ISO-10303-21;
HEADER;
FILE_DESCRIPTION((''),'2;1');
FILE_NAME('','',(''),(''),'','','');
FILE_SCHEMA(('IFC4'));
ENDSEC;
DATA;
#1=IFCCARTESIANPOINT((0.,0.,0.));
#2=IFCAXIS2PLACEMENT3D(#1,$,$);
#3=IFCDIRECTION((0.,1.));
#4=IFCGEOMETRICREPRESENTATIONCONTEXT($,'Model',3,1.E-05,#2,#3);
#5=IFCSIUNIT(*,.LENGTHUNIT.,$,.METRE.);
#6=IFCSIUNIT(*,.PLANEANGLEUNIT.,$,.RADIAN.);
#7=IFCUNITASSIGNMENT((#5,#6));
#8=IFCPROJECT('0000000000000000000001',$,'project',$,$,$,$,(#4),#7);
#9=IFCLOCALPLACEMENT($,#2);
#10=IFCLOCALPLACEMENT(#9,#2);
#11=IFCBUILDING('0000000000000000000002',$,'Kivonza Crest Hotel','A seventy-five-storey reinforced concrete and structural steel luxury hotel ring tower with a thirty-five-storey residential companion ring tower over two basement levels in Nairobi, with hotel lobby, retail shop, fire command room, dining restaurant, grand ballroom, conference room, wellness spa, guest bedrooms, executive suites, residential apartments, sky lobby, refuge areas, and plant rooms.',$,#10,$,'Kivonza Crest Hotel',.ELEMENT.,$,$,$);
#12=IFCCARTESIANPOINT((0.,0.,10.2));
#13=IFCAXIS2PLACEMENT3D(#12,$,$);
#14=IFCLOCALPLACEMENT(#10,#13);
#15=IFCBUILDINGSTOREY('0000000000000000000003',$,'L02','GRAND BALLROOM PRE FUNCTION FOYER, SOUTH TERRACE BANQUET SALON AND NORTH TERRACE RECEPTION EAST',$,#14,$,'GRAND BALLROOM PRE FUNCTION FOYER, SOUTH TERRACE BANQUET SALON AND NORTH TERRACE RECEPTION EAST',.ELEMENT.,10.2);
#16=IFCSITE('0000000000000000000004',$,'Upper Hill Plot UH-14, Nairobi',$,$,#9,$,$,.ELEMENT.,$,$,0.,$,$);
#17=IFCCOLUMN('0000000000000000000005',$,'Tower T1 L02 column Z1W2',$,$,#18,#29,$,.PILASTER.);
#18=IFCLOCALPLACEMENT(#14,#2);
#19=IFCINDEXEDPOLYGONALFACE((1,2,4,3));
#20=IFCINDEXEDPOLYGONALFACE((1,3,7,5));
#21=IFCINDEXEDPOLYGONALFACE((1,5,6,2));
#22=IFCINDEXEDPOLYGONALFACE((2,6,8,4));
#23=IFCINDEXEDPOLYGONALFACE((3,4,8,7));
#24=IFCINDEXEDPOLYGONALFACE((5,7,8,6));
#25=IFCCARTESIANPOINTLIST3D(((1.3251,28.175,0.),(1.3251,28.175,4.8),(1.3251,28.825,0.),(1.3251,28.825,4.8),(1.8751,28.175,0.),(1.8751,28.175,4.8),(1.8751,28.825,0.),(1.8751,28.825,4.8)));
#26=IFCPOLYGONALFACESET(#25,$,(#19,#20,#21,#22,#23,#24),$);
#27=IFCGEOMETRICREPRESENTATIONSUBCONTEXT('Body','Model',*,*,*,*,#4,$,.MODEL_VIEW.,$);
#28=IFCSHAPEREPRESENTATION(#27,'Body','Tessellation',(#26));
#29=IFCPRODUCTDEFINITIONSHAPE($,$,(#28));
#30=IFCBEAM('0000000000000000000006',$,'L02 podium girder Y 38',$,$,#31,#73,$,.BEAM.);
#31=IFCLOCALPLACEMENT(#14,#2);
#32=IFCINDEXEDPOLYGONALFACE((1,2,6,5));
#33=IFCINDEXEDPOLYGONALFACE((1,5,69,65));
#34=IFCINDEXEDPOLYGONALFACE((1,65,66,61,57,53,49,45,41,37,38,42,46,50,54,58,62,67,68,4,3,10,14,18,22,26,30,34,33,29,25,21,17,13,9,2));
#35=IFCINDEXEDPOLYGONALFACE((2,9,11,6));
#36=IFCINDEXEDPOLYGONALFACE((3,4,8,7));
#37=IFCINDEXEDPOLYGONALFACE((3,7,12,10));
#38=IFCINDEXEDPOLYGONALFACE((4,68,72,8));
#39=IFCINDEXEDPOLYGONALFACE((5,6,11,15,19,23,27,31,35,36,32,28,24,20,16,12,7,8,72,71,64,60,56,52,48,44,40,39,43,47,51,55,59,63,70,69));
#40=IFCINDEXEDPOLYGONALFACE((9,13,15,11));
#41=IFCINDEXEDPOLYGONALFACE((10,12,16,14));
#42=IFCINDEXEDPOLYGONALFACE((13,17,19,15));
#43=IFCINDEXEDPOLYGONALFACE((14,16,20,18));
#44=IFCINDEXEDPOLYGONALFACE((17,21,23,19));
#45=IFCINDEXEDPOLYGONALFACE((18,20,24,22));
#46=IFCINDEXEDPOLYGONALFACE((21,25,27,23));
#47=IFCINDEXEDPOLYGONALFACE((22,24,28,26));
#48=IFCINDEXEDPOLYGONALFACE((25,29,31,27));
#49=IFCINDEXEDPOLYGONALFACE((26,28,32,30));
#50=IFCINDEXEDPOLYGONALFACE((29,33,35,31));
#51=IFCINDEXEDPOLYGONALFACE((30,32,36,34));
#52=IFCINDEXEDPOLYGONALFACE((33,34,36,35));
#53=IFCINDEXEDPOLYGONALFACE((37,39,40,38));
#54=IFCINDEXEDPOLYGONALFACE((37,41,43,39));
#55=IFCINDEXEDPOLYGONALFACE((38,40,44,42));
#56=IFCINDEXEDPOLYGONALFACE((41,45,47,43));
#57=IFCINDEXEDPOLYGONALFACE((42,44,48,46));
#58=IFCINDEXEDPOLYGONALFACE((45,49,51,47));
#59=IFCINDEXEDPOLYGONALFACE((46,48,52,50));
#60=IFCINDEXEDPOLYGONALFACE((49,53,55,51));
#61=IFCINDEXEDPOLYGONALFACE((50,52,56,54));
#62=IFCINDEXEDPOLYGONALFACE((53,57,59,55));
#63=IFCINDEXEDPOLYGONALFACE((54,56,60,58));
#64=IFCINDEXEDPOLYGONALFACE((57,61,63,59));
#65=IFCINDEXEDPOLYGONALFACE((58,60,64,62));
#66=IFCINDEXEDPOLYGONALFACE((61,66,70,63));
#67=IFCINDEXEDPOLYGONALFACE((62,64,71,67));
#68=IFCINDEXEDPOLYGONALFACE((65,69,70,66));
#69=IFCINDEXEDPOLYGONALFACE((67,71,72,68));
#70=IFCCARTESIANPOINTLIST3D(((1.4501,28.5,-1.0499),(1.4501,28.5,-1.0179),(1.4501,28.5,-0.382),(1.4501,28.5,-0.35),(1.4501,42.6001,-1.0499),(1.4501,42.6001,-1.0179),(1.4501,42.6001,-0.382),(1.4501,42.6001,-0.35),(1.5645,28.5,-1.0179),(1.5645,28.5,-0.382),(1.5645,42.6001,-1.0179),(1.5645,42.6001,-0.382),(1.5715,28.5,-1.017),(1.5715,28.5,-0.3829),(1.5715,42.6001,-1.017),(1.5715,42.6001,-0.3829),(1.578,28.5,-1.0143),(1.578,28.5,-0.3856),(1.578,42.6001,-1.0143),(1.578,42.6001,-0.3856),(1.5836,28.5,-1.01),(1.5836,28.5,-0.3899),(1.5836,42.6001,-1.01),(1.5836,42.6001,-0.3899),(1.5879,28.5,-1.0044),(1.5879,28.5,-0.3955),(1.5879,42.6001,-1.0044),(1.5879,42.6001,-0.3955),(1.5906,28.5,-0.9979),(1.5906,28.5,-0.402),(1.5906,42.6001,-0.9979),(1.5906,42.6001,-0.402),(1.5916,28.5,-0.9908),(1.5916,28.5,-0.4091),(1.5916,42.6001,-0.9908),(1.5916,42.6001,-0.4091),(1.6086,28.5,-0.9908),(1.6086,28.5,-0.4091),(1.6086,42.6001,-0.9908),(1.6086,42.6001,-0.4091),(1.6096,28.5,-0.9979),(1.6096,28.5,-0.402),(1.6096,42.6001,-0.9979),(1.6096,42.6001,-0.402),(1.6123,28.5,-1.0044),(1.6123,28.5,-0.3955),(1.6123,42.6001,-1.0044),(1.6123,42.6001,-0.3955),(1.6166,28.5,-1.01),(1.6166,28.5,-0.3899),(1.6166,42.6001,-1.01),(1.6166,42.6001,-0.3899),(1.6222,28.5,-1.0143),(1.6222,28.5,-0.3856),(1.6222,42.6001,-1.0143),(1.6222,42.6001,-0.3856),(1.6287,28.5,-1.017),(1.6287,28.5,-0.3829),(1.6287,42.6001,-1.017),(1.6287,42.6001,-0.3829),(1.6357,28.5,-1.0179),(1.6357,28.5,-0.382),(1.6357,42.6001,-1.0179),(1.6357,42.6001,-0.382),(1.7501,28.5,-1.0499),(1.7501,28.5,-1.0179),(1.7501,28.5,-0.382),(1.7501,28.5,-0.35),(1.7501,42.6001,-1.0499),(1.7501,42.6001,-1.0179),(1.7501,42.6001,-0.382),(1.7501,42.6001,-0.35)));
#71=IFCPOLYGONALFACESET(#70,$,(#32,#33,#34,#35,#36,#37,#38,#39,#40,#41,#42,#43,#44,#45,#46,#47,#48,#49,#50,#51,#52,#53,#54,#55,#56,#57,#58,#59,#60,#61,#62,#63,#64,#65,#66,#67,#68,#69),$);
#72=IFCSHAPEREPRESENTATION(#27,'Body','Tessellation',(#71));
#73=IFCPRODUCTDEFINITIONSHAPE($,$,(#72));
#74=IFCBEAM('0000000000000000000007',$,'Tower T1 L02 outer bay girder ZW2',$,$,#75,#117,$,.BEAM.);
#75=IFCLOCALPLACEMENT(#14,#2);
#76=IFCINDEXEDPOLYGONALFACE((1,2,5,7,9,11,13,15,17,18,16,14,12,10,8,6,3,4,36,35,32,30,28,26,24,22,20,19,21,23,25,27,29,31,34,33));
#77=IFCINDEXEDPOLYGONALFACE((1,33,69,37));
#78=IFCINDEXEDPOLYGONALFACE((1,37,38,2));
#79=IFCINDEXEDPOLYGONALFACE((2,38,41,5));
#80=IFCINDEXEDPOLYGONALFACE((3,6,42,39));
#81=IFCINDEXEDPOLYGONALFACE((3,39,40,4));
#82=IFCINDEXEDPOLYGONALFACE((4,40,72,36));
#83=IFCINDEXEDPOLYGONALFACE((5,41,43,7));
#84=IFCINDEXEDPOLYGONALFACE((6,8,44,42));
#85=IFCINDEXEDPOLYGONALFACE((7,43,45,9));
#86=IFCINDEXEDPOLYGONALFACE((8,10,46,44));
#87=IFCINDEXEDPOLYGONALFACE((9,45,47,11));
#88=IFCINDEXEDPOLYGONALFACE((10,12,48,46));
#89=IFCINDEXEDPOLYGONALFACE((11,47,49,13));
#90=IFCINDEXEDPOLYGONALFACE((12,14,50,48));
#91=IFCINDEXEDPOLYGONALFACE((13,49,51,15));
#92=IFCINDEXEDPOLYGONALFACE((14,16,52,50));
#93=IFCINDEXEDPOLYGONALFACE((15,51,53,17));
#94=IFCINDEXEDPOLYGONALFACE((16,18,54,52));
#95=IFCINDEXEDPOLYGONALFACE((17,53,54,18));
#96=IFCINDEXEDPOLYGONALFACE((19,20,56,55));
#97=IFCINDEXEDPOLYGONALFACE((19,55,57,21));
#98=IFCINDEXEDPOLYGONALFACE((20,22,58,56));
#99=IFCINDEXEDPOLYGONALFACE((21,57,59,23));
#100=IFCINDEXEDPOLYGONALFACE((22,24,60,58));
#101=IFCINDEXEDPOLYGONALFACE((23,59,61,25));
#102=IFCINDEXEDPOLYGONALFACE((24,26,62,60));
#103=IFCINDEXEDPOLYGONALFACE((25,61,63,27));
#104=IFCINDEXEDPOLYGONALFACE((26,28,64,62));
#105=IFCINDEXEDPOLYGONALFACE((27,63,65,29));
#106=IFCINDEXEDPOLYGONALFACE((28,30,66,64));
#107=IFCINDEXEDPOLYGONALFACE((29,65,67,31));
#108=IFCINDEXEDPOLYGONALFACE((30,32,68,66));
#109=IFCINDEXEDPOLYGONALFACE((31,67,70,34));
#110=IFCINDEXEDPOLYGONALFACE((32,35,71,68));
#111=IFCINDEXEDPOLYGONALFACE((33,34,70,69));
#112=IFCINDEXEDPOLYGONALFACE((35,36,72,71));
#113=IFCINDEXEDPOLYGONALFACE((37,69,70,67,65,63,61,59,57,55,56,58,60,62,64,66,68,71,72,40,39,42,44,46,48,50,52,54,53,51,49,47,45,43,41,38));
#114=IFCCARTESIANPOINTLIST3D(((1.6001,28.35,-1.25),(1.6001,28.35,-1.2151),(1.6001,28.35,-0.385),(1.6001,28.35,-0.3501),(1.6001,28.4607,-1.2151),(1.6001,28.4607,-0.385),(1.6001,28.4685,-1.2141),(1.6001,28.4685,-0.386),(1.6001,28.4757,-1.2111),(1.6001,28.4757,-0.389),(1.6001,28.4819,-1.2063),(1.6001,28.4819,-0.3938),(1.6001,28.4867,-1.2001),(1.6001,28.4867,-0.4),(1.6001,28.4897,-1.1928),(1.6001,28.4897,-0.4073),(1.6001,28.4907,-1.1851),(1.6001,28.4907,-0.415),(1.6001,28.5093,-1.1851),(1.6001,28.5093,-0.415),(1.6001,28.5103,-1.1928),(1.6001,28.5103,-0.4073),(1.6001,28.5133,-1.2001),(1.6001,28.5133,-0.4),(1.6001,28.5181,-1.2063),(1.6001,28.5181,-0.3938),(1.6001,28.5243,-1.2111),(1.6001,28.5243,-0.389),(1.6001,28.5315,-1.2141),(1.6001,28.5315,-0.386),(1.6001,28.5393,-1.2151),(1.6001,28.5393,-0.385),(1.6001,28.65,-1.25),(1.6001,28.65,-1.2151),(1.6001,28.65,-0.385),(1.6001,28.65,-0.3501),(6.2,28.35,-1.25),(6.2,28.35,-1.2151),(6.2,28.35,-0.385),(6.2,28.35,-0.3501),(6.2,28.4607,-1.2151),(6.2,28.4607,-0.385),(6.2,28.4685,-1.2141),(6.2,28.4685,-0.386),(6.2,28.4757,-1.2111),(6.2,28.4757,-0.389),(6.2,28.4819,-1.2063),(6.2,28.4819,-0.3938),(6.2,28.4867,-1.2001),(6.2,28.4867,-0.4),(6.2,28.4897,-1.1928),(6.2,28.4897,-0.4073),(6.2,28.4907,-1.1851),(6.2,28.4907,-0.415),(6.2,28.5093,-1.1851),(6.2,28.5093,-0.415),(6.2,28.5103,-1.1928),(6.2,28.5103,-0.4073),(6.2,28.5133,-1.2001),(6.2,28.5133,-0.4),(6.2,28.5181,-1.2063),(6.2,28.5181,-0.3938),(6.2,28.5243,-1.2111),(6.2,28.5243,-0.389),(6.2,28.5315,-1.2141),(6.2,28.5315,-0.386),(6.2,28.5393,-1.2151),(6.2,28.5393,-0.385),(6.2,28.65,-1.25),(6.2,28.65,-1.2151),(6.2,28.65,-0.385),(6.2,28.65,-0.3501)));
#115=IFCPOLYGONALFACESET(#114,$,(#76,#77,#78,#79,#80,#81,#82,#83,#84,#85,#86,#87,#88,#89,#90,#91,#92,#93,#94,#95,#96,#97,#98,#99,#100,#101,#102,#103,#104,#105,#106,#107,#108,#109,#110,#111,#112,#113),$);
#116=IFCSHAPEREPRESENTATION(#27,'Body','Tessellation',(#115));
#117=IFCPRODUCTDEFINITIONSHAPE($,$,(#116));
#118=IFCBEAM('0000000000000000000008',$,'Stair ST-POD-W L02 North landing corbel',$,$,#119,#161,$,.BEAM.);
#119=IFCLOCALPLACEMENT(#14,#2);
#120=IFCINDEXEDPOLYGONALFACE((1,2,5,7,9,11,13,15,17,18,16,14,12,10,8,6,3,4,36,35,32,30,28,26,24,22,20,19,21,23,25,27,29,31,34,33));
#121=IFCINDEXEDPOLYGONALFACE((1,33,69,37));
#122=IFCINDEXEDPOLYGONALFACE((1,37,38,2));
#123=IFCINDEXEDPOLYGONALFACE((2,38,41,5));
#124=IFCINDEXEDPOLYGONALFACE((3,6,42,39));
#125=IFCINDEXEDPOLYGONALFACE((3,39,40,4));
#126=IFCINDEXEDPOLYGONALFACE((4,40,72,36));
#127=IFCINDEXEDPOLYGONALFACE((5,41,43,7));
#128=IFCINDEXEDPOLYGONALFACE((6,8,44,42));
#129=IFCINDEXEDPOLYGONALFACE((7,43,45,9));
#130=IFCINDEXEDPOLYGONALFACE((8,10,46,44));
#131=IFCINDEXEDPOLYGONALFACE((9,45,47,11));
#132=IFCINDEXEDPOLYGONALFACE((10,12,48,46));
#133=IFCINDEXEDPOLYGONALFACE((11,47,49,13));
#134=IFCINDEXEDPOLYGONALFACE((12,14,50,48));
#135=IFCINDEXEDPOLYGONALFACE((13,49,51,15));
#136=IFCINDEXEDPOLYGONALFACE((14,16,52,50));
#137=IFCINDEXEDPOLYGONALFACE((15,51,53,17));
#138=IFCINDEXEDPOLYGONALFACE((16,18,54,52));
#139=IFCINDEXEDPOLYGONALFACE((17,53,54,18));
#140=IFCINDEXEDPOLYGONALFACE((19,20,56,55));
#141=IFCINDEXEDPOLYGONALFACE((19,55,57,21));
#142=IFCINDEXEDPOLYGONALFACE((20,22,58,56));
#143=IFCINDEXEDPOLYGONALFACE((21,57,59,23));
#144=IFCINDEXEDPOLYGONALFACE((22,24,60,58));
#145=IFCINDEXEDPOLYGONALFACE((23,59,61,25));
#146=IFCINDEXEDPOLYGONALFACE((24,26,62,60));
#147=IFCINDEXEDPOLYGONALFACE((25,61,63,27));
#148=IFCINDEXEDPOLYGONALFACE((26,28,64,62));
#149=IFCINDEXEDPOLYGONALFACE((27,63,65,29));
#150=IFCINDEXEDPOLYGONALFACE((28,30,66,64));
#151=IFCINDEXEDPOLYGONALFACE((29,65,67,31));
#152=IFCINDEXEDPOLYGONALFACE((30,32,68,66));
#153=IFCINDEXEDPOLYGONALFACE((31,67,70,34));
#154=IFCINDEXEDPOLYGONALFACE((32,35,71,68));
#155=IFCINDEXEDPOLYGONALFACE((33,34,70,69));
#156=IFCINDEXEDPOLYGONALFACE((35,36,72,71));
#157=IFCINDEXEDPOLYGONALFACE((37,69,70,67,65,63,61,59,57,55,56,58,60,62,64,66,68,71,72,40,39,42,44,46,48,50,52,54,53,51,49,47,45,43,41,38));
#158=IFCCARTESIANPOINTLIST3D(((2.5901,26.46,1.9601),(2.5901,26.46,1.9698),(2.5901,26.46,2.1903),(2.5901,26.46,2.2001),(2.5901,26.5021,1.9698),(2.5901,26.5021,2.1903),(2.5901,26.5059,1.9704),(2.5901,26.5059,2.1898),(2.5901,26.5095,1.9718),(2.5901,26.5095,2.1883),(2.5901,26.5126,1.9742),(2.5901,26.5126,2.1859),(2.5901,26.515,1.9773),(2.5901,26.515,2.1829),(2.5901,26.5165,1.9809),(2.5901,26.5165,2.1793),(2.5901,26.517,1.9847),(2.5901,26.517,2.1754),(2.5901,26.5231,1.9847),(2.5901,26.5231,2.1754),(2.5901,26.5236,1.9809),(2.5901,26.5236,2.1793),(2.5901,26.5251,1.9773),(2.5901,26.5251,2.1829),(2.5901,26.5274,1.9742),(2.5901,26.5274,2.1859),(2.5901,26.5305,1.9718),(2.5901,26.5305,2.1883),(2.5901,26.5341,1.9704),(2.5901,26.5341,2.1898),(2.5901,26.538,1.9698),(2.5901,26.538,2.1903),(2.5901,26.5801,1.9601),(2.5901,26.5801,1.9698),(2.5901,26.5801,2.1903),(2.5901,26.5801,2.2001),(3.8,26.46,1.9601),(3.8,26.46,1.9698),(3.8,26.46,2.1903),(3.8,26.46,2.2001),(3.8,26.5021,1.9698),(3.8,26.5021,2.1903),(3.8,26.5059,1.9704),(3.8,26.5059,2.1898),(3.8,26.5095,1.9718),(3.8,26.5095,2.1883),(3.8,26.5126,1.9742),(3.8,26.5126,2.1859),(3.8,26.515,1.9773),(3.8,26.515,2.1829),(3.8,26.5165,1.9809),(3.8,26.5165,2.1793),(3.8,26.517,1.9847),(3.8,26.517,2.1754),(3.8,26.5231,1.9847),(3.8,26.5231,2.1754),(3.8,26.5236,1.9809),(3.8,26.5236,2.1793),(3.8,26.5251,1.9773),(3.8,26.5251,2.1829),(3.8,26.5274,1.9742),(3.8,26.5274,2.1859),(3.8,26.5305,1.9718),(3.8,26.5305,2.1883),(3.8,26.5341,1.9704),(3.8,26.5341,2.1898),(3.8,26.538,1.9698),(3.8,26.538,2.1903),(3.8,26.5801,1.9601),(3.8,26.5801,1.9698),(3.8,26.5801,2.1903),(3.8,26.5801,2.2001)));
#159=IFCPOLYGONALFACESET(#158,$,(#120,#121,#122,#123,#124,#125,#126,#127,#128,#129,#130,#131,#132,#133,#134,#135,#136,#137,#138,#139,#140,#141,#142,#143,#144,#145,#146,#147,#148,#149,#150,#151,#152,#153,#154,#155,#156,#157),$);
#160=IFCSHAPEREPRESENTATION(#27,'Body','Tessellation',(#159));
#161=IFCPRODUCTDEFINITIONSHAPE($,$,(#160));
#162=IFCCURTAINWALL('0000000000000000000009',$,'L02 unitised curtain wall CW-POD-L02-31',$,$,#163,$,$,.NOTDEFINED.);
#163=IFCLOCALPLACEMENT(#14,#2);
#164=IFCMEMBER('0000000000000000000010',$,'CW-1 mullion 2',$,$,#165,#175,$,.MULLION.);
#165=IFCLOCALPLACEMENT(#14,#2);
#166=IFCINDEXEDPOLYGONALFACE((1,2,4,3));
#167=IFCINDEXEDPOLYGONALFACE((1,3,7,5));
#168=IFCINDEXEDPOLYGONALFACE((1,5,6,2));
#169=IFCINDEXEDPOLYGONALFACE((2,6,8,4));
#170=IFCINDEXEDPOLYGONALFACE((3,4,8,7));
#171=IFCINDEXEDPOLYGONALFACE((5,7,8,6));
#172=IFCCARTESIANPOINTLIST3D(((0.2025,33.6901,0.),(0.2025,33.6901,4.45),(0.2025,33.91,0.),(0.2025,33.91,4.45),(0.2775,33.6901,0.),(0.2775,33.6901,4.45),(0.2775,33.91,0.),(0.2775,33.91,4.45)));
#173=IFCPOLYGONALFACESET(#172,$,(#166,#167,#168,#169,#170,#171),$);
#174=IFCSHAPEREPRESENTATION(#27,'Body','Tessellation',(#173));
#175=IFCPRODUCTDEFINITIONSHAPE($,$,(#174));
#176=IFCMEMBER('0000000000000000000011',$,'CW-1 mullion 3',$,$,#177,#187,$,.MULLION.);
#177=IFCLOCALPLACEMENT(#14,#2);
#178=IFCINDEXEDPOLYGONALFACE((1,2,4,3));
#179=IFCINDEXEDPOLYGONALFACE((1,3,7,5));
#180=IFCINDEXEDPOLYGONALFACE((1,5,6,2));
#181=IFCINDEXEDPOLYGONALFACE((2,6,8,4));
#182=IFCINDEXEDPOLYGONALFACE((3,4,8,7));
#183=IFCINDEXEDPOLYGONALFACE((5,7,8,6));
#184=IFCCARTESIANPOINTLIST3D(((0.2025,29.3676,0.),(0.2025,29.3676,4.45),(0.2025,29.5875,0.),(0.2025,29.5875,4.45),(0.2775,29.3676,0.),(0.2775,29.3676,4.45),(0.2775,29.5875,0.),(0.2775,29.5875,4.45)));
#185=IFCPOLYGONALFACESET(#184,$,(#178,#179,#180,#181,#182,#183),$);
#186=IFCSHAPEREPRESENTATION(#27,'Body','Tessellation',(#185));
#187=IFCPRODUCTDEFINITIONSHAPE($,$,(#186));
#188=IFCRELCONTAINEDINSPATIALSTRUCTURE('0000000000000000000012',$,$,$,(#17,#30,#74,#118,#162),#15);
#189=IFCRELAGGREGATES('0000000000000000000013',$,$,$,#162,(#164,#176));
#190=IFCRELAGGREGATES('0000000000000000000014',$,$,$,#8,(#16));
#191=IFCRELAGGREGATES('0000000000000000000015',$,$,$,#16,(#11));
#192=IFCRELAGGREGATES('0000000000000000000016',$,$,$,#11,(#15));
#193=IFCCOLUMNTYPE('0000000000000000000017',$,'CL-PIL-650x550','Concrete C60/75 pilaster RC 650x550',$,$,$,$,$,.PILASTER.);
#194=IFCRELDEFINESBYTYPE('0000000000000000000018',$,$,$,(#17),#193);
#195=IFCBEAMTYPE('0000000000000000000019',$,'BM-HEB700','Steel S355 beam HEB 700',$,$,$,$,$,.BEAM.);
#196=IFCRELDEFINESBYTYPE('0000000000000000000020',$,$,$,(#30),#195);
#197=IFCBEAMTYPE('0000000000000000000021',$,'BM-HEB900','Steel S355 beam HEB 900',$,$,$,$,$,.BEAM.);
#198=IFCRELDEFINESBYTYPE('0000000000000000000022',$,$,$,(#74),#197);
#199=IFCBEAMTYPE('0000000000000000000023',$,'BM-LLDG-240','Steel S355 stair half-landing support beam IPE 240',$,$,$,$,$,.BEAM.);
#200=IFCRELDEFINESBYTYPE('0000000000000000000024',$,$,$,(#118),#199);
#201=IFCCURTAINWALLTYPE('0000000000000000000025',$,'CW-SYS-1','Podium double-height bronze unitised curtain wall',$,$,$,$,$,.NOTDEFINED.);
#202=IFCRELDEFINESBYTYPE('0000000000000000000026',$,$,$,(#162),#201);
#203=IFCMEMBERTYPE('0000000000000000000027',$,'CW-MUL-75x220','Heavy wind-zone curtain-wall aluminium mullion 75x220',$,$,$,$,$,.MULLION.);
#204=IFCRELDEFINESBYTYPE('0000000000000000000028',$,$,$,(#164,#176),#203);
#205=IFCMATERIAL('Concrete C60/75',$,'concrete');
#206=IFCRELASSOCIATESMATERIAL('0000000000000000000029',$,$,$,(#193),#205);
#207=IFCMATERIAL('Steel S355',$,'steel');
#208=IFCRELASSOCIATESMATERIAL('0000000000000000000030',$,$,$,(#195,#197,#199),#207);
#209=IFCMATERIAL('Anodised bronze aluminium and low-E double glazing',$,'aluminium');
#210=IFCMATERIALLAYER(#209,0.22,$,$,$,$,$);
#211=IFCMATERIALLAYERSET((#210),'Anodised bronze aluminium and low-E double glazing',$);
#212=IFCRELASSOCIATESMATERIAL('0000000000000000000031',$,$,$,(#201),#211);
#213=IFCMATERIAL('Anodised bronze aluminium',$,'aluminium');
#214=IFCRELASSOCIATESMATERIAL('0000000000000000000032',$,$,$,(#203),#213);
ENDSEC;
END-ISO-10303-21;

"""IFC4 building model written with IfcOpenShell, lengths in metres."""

from ifc_helpers import new_model, si_unit, direction, frame, origin, origin_2d, place, context, subcontext, project, spatial, rectangle, i_section, extrude, material, layer, layer_set, material_profile, profile_set, type_object, element, aggregate, save


model = new_model("IFC4")

# Units and contexts
model_context = context("Model", 3, precision=1e-05, world=origin(), true_north=direction((0.0, 1.0)))
body_context = subcontext(model_context, "Body", "Model", "MODEL_VIEW")
ifc_project = project(units=[si_unit("LENGTHUNIT", "METRE"), si_unit("PLANEANGLEUNIT", "RADIAN")], contexts=[model_context])

# Site, building, storey
site_placement = place(None, origin())
site = spatial("IfcSite", under=ifc_project, at=site_placement, Name="Upper Hill Plot UH-14, Nairobi", CompositionType="ELEMENT", RefElevation=0.0)
building_placement = place(site_placement, origin())
building = spatial("IfcBuilding", under=site, at=building_placement, Name="Kivonza Crest Hotel", Description="A seventy-five-storey reinforced concrete and structural steel luxury hotel ring tower with a thirty-five-storey residential companion ring tower over two basement levels in Nairobi, with hotel lobby, retail shop, fire command room, dining restaurant, grand ballroom, conference room, wellness spa, guest bedrooms, executive suites, residential apartments, sky lobby, refuge areas, and plant rooms.", LongName="Kivonza Crest Hotel", CompositionType="ELEMENT")
storey_placement = place(building_placement, frame((0.0, 0.0, 10.2)))
storey = spatial("IfcBuildingStorey", under=building, at=storey_placement, Name="L02", Description="GRAND BALLROOM PRE FUNCTION FOYER, SOUTH TERRACE BANQUET SALON AND NORTH TERRACE RECEPTION EAST", LongName="GRAND BALLROOM PRE FUNCTION FOYER, SOUTH TERRACE BANQUET SALON AND NORTH TERRACE RECEPTION EAST", CompositionType="ELEMENT", Elevation=10.2)

# Column
ifc_material_1 = material(Name="Concrete C60/75", Category="concrete")
ifc_material_profile_1 = material_profile(ifc_material_1, rectangle(XDim=0.55, YDim=0.6499, at=origin_2d()), Name="RC 650x550")
ifc_profile_set_1 = profile_set([ifc_material_profile_1], Name="Concrete C60/75")
column_type = type_object("IfcColumnType", Name="CL-PIL-650x550", Description="Concrete C60/75 pilaster RC 650x550", PredefinedType="PILASTER", material=ifc_profile_set_1)
column_placement = place(storey_placement, frame((1.6001, 28.5, 0.0), z_axis=(0.0, 0.0, 1.0), x_axis=(1.0, 0.0, 0.0)))
element("IfcColumn", 1, at=column_placement, inside=storey, type_object=column_type, Name="Tower T1 L02 column Z1W2", PredefinedType="PILASTER", context=body_context, shape_type="SweptSolid", body=[
    extrude(rectangle(XDim=0.55, YDim=0.6499, at=origin_2d()), origin(), (0.0, 0.0, 1.0), 4.8),
])

# Beams
ifc_material_2 = material(Name="Steel S355", Category="steel")
ifc_material_profile_2 = material_profile(ifc_material_2, i_section(OverallWidth=0.3, OverallDepth=0.7, WebThickness=0.0171, FlangeThickness=0.032, FilletRadius=0.0271, at=origin_2d()), Name="HEB 700")
ifc_profile_set_2 = profile_set([ifc_material_profile_2], Name="Steel S355")
beam_type_1 = type_object("IfcBeamType", Name="BM-HEB700", Description="Steel S355 beam HEB 700", PredefinedType="BEAM", material=ifc_profile_set_2)
beam_1_placement = place(storey_placement, frame((1.6001, 28.5, -0.7), z_axis=(0.0, 1.0, 0.0), x_axis=(-1.0, 0.0, 0.0)))
element("IfcBeam", 2, at=beam_1_placement, inside=storey, type_object=beam_type_1, Name="L02 podium girder Y 38", PredefinedType="BEAM", context=body_context, shape_type="SweptSolid", body=[
    extrude(i_section(OverallWidth=0.3, OverallDepth=0.7, WebThickness=0.0171, FlangeThickness=0.032, FilletRadius=0.0271, at=origin_2d()), origin(), (0.0, 0.0, 1.0), 14.1001),
])
ifc_material_profile_3 = material_profile(ifc_material_2, i_section(OverallWidth=0.3, OverallDepth=0.8999, WebThickness=0.0186, FlangeThickness=0.0349, FilletRadius=0.03, at=origin_2d()), Name="HEB 900")
ifc_profile_set_3 = profile_set([ifc_material_profile_3], Name="Steel S355")
beam_type_2 = type_object("IfcBeamType", Name="BM-HEB900", Description="Steel S355 beam HEB 900", PredefinedType="BEAM", material=ifc_profile_set_3)
beam_2_placement = place(storey_placement, frame((1.6001, 28.5, -0.8), z_axis=(1.0, 0.0, 0.0), x_axis=(0.0, 1.0, 0.0)))
element("IfcBeam", 3, at=beam_2_placement, inside=storey, type_object=beam_type_2, Name="Tower T1 L02 outer bay girder ZW2", PredefinedType="BEAM", context=body_context, shape_type="SweptSolid", body=[
    extrude(i_section(OverallWidth=0.3, OverallDepth=0.8999, WebThickness=0.0186, FlangeThickness=0.0349, FilletRadius=0.03, at=origin_2d()), origin(), (0.0, 0.0, 1.0), 4.5999),
])
ifc_material_profile_4 = material_profile(ifc_material_2, i_section(OverallWidth=0.1201, OverallDepth=0.24, WebThickness=0.0061, FlangeThickness=0.0098, FilletRadius=0.0149, at=origin_2d()), Name="IPE 240")
ifc_profile_set_4 = profile_set([ifc_material_profile_4], Name="Steel S355")
beam_type_3 = type_object("IfcBeamType", Name="BM-LLDG-240", Description="Steel S355 stair half-landing support beam IPE 240", PredefinedType="BEAM", material=ifc_profile_set_4)
beam_3_placement = place(storey_placement, frame((2.5901, 26.52, 2.0801), z_axis=(1.0, 0.0, 0.0), x_axis=(0.0, 1.0, 0.0)))
element("IfcBeam", 4, at=beam_3_placement, inside=storey, type_object=beam_type_3, Name="Stair ST-POD-W L02 North landing corbel", PredefinedType="BEAM", context=body_context, shape_type="SweptSolid", body=[
    extrude(i_section(OverallWidth=0.1201, OverallDepth=0.24, WebThickness=0.0061, FlangeThickness=0.0098, FilletRadius=0.0149, at=origin_2d()), origin(), (0.0, 0.0, 1.0), 1.21),
])

# Curtain wall, members
ifc_material_3 = material(Name="Anodised bronze aluminium and low-E double glazing", Category="aluminium")
ifc_layer_1 = layer(ifc_material_3, 0.22)
ifc_layer_set_1 = layer_set([ifc_layer_1], Name="Anodised bronze aluminium and low-E double glazing")
curtain_wall_type = type_object("IfcCurtainWallType", Name="CW-SYS-1", Description="Podium double-height bronze unitised curtain wall", PredefinedType="NOTDEFINED", material=ifc_layer_set_1)
curtain_wall_1_placement = place(storey_placement, origin())
curtain_wall_1 = element("IfcCurtainWall", 5, at=curtain_wall_1_placement, inside=storey, type_object=curtain_wall_type, Name="L02 unitised curtain wall CW-POD-L02-31", PredefinedType="NOTDEFINED")
ifc_material_4 = material(Name="Anodised bronze aluminium", Category="aluminium")
ifc_material_profile_5 = material_profile(ifc_material_4, rectangle(XDim=0.075, YDim=0.22, at=origin_2d()), Name="CW-M 75x220")
ifc_profile_set_5 = profile_set([ifc_material_profile_5], Name="Anodised bronze aluminium")
member_type_1 = type_object("IfcMemberType", Name="CW-MUL-75x220", Description="Heavy wind-zone curtain-wall aluminium mullion 75x220", PredefinedType="MULLION", material=ifc_profile_set_5)
member_1_placement = place(storey_placement, frame((0.24, 33.8, 0.0), z_axis=(0.0, 0.0, 1.0), x_axis=(1.0, 0.0, 0.0)))
member_1 = element("IfcMember", 6, at=member_1_placement, type_object=member_type_1, Name="CW-1 mullion 2", PredefinedType="MULLION", context=body_context, shape_type="SweptSolid", body=[
    extrude(rectangle(XDim=0.075, YDim=0.22, at=origin_2d()), origin(), (0.0, 0.0, 1.0), 4.45),
])
member_2_placement = place(storey_placement, frame((0.24, 29.4775, 0.0), z_axis=(0.0, 0.0, 1.0), x_axis=(1.0, 0.0, 0.0)))
member_2 = element("IfcMember", 7, at=member_2_placement, type_object=member_type_1, Name="CW-1 mullion 3", PredefinedType="MULLION", context=body_context, shape_type="SweptSolid", body=[
    extrude(rectangle(XDim=0.075, YDim=0.22, at=origin_2d()), origin(), (0.0, 0.0, 1.0), 4.45),
])

aggregate(curtain_wall_1, [member_1, member_2])

save(model, "model.ifc")
